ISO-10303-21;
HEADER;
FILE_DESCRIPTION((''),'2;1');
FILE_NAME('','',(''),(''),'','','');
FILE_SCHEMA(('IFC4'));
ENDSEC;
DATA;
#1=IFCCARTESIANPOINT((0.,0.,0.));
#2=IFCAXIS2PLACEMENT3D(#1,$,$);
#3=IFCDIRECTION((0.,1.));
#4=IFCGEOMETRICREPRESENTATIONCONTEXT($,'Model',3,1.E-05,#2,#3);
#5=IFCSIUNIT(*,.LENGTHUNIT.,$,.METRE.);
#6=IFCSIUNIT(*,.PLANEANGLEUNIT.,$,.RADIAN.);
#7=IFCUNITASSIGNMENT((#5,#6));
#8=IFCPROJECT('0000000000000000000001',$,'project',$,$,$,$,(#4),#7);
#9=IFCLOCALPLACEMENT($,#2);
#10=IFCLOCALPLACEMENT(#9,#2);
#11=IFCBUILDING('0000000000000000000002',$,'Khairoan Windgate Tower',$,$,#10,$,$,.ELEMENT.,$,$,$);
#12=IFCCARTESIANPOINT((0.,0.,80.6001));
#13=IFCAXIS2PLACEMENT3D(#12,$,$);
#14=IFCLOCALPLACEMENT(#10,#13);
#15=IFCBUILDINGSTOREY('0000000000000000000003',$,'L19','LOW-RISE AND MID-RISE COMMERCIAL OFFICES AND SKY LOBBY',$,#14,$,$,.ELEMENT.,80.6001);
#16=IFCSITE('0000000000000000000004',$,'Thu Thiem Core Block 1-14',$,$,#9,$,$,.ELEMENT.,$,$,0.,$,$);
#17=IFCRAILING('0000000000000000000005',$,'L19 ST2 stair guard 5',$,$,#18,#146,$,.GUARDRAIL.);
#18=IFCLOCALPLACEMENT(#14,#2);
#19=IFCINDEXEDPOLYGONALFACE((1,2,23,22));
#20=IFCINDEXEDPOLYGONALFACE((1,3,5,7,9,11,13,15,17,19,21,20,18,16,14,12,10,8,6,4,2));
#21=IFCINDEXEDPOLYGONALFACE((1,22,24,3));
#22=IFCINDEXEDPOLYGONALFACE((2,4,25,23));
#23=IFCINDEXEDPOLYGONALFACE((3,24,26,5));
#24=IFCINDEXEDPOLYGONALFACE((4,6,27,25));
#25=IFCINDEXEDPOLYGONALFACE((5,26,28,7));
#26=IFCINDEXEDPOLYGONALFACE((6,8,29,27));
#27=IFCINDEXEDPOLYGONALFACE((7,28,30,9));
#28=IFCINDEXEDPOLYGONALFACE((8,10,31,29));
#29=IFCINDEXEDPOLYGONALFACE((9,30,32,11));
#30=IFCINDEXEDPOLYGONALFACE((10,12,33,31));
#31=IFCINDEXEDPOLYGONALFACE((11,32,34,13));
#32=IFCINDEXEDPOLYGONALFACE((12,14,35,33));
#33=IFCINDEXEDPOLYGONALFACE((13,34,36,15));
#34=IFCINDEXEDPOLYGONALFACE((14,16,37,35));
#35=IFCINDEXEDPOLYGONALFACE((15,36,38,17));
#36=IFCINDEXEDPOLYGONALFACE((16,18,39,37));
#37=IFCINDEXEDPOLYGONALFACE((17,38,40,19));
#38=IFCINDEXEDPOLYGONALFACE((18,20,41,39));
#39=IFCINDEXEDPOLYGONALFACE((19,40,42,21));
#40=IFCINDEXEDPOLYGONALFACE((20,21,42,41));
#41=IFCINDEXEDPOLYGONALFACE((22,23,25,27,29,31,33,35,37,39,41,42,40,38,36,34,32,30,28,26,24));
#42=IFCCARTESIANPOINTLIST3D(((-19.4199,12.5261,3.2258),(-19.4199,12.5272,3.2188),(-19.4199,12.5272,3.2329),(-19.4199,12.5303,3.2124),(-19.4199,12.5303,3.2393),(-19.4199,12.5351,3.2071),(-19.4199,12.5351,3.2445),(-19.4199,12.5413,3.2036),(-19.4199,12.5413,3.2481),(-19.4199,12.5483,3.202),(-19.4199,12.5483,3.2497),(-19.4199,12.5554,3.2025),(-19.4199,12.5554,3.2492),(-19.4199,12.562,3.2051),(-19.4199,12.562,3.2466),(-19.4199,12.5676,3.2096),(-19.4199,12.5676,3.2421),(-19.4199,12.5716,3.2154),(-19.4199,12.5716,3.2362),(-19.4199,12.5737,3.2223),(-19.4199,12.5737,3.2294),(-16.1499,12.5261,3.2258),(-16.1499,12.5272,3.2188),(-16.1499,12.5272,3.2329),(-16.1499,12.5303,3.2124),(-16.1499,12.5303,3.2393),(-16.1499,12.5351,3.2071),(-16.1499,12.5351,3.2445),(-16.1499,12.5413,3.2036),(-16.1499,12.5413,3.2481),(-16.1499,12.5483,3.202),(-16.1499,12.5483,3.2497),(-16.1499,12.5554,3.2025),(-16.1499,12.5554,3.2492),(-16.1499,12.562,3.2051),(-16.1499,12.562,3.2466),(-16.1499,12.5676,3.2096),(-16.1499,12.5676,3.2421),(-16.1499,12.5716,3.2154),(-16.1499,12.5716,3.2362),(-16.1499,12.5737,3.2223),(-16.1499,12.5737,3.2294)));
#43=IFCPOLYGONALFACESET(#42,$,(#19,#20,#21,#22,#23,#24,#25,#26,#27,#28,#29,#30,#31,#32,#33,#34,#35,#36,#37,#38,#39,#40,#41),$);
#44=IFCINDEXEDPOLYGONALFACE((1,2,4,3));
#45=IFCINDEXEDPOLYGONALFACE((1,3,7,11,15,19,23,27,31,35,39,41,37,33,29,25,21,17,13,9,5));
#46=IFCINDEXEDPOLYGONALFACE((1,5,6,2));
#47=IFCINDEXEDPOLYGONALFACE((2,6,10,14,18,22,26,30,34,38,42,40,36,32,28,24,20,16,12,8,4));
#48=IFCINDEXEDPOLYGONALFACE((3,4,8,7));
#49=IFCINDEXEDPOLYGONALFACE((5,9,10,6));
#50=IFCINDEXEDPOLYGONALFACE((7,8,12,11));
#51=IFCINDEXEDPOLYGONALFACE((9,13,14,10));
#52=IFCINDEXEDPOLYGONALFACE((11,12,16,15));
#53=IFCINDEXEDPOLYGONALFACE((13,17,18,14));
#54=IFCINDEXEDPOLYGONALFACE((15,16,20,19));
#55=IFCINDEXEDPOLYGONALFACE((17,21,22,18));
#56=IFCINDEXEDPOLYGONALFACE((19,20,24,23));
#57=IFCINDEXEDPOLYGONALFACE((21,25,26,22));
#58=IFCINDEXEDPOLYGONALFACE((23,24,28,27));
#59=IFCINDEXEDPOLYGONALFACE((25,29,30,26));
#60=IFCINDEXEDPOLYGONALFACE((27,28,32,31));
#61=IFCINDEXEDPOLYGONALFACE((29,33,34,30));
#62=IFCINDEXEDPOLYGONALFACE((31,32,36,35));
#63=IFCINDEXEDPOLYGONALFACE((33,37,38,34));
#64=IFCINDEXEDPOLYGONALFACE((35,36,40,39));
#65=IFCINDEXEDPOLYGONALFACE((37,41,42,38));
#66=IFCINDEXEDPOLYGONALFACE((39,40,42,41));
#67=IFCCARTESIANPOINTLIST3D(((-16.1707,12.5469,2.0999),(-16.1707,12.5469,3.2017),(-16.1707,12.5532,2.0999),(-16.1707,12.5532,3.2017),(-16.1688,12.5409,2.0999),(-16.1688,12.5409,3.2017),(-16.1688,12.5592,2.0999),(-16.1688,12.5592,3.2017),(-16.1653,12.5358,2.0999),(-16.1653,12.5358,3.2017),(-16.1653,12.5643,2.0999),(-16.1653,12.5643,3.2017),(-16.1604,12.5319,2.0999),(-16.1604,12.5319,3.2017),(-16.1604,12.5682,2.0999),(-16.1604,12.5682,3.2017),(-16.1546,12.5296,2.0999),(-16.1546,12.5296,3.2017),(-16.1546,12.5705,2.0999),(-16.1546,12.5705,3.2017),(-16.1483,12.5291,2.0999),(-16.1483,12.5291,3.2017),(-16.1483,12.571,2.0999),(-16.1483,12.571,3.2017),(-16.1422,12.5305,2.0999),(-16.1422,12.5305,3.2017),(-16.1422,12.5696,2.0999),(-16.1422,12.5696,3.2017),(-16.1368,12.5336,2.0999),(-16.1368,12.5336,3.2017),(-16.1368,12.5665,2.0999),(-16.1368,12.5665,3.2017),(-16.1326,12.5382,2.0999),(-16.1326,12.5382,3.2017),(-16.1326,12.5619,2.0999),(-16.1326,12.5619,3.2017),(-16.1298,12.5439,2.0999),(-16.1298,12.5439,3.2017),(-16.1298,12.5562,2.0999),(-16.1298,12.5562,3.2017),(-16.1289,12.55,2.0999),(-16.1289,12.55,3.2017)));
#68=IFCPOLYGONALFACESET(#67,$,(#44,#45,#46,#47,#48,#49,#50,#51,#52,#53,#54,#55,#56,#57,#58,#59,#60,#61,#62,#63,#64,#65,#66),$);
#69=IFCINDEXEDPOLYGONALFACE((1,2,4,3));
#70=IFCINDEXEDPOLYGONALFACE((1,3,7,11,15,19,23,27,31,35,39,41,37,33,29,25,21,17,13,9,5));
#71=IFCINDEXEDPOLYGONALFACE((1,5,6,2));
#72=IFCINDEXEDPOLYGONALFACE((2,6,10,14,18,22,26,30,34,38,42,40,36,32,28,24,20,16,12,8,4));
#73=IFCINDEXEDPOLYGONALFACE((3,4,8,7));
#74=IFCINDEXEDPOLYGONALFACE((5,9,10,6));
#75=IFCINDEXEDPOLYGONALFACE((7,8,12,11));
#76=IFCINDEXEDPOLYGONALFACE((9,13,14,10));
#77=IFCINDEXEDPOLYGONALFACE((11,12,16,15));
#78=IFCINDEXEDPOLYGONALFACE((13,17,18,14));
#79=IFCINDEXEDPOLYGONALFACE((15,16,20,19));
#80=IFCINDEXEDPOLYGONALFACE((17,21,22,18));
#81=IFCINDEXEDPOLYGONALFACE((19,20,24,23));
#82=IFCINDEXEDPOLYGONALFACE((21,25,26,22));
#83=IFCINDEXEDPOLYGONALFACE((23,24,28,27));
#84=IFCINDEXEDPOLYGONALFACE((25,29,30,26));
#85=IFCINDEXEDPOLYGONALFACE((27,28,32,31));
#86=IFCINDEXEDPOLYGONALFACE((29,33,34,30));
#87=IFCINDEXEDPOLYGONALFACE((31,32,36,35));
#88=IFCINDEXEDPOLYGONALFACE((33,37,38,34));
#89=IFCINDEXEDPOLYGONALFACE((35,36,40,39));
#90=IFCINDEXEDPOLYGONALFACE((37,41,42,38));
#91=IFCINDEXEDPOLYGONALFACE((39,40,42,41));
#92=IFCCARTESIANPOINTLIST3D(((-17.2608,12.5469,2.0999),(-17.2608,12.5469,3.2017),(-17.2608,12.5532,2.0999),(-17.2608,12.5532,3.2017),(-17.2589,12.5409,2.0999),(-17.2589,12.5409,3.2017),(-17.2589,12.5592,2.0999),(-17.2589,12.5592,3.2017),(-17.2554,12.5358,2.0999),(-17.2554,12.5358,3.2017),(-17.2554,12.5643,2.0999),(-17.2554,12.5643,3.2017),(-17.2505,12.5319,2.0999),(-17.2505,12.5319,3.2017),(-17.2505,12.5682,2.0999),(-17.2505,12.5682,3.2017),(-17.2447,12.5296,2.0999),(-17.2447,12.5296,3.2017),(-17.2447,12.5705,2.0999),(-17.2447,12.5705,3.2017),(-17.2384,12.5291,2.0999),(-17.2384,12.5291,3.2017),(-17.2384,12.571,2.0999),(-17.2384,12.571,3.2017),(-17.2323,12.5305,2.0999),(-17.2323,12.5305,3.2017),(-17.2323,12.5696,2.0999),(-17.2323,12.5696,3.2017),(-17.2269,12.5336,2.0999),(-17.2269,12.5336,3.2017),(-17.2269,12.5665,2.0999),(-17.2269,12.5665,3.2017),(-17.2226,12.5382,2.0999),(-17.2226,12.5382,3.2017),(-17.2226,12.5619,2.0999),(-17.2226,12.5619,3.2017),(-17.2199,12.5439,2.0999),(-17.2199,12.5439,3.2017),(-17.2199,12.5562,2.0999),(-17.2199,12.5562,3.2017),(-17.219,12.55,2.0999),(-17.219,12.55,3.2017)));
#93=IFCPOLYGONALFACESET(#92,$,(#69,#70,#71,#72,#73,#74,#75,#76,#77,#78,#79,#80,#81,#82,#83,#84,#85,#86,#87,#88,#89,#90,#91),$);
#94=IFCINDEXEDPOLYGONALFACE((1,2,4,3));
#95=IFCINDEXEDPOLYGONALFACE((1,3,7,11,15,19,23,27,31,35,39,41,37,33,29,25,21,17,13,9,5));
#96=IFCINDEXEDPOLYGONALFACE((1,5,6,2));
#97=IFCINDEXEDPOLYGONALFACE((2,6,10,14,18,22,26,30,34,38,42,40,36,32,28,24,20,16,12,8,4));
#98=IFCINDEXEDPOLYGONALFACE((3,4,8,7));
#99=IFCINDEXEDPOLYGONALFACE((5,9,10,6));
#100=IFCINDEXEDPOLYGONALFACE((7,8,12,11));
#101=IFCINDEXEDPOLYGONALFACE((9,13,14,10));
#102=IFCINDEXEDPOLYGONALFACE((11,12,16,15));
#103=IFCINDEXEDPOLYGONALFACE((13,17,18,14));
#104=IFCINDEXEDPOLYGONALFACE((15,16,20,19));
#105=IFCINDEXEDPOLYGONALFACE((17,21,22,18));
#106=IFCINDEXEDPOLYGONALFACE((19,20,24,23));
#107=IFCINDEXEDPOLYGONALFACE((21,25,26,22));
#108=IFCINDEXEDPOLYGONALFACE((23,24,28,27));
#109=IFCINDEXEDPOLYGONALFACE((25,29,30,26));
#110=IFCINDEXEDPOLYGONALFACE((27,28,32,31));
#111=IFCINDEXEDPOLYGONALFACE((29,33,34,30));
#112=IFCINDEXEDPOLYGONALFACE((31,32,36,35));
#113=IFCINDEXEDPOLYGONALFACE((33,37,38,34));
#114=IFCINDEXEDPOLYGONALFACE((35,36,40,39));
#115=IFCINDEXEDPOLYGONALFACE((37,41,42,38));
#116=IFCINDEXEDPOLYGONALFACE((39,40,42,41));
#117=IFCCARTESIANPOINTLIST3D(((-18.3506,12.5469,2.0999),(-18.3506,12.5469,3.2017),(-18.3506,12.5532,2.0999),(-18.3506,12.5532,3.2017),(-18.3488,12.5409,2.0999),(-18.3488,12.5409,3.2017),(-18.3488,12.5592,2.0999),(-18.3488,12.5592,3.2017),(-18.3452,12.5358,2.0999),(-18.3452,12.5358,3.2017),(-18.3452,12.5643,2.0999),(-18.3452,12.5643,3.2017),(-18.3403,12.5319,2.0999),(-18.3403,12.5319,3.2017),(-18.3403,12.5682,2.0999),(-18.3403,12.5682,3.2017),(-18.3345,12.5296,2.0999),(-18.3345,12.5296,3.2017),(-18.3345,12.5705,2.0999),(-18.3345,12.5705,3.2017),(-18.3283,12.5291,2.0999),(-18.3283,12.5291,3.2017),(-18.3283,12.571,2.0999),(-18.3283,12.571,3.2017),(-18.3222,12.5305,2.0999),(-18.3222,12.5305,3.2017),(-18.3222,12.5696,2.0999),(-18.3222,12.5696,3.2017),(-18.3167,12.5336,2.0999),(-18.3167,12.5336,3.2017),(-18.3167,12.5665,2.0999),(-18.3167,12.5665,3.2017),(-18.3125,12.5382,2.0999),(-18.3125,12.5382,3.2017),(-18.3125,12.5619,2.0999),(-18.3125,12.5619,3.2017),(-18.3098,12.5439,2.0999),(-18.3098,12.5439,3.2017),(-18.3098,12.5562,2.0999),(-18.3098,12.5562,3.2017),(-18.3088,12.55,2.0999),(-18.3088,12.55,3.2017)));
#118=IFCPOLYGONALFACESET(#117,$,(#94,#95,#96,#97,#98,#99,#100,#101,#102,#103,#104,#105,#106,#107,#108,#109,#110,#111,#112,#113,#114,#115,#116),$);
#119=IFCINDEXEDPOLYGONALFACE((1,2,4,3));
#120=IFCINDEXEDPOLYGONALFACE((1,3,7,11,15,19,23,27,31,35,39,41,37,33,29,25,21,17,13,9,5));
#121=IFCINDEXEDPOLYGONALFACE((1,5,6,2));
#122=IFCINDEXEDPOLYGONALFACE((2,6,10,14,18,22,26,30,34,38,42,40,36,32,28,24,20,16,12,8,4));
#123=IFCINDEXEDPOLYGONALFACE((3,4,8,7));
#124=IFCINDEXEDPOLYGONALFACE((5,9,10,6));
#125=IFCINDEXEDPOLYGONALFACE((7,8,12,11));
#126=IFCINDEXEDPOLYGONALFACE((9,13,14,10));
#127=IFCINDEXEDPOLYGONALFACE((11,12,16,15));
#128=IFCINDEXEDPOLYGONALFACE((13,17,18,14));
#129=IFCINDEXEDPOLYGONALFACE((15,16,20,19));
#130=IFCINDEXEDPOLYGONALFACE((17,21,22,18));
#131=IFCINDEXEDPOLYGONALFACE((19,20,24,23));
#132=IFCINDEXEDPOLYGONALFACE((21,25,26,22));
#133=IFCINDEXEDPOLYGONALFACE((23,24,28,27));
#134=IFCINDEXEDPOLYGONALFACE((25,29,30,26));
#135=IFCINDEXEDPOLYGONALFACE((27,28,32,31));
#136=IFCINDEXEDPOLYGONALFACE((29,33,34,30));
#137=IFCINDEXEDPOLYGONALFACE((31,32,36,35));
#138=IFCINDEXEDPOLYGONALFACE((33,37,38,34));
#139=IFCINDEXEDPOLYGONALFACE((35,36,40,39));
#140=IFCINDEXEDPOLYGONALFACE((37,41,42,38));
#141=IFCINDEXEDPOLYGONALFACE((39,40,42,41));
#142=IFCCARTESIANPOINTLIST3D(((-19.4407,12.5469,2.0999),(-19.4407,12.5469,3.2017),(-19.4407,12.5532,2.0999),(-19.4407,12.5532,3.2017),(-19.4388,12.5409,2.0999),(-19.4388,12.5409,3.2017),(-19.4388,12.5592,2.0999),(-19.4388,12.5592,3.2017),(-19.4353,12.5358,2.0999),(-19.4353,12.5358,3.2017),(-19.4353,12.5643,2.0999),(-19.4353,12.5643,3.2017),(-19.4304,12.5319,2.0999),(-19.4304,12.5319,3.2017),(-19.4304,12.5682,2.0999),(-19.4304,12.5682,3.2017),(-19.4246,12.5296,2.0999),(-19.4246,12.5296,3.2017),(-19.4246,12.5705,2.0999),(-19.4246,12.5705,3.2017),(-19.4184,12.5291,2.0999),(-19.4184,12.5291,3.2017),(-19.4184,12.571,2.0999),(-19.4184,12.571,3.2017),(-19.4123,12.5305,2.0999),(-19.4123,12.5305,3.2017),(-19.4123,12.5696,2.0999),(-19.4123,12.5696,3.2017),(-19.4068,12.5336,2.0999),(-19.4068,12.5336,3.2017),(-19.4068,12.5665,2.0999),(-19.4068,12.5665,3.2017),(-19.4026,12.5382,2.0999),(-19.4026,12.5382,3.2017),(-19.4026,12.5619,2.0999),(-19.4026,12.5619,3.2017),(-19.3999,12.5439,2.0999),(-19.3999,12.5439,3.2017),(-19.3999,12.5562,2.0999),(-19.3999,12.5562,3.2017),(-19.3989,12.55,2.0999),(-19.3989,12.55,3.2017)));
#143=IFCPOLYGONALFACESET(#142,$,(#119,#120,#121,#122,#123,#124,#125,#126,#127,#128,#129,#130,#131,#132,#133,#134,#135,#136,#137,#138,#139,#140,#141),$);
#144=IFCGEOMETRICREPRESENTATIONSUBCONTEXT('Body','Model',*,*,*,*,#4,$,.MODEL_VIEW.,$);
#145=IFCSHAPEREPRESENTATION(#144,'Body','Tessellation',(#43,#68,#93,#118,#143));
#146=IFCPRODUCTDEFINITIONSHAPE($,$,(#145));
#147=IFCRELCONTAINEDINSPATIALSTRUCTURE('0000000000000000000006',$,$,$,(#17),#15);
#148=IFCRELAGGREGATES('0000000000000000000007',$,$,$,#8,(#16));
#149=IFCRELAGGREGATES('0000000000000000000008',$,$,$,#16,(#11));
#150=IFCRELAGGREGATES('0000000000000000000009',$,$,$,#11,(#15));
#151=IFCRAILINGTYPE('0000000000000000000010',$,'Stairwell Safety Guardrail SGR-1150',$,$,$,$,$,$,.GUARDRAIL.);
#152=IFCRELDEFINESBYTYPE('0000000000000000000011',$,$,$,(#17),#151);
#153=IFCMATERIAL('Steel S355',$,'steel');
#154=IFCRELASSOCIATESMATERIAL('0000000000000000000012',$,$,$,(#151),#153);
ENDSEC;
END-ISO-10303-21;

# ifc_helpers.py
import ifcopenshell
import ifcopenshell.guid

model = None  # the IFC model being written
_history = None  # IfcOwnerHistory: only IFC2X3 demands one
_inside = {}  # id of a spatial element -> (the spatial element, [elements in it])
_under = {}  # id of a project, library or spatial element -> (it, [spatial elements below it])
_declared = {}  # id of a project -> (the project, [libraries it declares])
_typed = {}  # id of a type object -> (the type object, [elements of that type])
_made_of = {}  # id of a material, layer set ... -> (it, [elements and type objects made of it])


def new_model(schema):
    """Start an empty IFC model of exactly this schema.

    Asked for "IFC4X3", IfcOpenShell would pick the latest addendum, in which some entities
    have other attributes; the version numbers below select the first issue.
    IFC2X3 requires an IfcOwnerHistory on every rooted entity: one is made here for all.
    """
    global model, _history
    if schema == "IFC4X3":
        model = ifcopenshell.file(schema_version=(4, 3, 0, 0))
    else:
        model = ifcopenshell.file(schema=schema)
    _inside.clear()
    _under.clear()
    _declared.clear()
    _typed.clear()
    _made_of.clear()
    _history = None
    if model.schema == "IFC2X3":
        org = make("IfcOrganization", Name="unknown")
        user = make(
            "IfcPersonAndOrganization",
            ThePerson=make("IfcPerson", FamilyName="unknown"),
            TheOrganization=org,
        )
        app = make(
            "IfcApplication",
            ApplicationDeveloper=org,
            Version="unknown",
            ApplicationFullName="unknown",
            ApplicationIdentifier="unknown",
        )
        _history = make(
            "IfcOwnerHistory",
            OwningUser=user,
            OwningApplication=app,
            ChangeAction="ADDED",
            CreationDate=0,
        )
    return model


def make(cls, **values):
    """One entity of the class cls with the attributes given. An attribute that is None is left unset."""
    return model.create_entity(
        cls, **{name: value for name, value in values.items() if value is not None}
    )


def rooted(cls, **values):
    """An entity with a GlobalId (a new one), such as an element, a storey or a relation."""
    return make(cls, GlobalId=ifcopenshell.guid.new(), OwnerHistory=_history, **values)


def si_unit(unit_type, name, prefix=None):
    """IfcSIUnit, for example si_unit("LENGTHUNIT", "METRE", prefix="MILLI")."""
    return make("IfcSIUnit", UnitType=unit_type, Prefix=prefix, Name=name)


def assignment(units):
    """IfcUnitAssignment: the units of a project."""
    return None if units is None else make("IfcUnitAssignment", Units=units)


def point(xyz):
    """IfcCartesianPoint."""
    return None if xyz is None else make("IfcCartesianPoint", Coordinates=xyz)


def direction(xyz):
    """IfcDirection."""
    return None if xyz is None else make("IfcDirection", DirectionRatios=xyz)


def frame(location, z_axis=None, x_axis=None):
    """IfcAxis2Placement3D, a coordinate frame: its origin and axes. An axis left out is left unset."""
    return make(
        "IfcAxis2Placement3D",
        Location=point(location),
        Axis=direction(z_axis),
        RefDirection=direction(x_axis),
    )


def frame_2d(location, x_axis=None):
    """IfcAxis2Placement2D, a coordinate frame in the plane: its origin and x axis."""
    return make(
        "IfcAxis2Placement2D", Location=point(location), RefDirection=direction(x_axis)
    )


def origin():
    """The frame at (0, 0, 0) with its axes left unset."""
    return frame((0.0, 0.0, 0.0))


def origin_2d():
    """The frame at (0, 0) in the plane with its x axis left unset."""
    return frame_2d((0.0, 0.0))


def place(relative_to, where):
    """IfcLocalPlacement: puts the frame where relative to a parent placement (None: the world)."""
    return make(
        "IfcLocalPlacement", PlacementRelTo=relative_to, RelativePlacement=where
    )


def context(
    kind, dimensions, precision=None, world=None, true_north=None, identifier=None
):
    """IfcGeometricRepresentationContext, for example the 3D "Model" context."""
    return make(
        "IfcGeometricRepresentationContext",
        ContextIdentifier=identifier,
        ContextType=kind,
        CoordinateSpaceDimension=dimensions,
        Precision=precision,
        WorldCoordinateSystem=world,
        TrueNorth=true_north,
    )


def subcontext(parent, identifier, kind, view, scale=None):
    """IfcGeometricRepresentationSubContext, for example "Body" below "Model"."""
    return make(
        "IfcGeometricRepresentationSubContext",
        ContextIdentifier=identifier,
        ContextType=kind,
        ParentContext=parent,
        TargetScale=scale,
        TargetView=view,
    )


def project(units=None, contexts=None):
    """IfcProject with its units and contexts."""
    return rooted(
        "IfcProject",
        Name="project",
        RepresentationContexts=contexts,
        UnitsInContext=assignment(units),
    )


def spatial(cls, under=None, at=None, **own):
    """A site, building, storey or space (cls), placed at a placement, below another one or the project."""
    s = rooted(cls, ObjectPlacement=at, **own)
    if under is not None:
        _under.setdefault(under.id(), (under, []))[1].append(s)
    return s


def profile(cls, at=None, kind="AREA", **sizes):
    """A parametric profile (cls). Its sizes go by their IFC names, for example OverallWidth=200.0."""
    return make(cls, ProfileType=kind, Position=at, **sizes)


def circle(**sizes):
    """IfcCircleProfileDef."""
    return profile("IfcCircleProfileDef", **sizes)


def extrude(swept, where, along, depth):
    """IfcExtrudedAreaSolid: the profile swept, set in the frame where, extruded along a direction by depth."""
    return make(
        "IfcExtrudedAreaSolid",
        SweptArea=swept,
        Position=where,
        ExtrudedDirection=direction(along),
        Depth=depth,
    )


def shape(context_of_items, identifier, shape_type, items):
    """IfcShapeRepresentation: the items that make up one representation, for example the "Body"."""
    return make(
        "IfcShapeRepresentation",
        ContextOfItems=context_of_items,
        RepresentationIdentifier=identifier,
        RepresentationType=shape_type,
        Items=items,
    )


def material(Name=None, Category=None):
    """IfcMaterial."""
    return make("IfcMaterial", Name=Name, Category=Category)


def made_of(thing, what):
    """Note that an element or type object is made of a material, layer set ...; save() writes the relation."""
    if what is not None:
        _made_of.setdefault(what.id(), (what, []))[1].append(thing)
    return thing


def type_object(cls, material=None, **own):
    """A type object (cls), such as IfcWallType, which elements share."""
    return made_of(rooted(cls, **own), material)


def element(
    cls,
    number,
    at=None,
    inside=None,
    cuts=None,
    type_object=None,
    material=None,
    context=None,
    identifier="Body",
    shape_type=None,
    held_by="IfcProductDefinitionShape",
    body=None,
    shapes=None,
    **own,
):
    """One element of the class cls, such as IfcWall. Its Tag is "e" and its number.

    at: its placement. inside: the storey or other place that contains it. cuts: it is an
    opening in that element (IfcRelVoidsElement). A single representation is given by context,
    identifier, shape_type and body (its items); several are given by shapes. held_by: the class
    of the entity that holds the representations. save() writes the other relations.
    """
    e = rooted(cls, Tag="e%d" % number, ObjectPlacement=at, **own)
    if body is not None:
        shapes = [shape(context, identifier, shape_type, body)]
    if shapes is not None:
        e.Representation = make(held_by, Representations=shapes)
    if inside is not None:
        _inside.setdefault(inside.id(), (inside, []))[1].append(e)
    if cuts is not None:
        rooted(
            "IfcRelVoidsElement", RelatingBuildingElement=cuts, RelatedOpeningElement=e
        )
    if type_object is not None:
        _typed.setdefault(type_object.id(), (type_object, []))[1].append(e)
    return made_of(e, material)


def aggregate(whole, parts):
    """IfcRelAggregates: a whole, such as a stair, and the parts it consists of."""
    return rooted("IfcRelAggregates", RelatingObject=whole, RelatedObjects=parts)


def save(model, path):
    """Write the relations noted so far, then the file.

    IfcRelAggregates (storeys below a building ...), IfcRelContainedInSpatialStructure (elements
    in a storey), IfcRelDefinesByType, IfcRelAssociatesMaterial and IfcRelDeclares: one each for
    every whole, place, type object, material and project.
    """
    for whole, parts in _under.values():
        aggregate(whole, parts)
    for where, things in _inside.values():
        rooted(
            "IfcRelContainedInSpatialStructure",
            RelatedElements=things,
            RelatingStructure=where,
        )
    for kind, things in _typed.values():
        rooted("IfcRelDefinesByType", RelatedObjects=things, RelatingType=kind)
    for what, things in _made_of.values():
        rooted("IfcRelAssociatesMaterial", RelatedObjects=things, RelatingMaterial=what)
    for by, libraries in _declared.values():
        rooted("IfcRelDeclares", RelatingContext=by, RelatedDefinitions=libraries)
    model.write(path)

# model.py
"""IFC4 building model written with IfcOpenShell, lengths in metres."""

from ifc_helpers import new_model, si_unit, direction, frame, origin, origin_2d, place, context, subcontext, project, spatial, circle, extrude, material, type_object, element, save


model = new_model("IFC4")

# Units and contexts
model_context = context("Model", 3, precision=1e-05, world=origin(), true_north=direction((0.0, 1.0)))
body_context = subcontext(model_context, "Body", "Model", "MODEL_VIEW")
ifc_project = project(units=[si_unit("LENGTHUNIT", "METRE"), si_unit("PLANEANGLEUNIT", "RADIAN")], contexts=[model_context])

# Site, building, storey
site_placement = place(None, origin())
site = spatial("IfcSite", under=ifc_project, at=site_placement, Name="Thu Thiem Core Block 1-14", CompositionType="ELEMENT", RefElevation=0.0)
building_placement = place(site_placement, origin())
building = spatial("IfcBuilding", under=site, at=building_placement, Name="Khairoan Windgate Tower", CompositionType="ELEMENT")
storey_placement = place(building_placement, frame((0.0, 0.0, 80.6001)))
storey = spatial("IfcBuildingStorey", under=building, at=storey_placement, Name="L19", Description="LOW-RISE AND MID-RISE COMMERCIAL OFFICES AND SKY LOBBY", CompositionType="ELEMENT", Elevation=80.6001)

# Railing
ifc_material_1 = material(Name="Steel S355", Category="steel")
railing_type = type_object("IfcRailingType", Name="Stairwell Safety Guardrail SGR-1150", PredefinedType="GUARDRAIL", material=ifc_material_1)
railing_1_placement = place(storey_placement, frame((-16.1499, 12.55, 2.0999)))
element("IfcRailing", 1, at=railing_1_placement, inside=storey, type_object=railing_type, Name="L19 ST2 stair guard 5", PredefinedType="GUARDRAIL", context=body_context, shape_type="SweptSolid", body=[
    extrude(circle(Radius=0.0239, at=origin_2d()), frame((0.0, 0.0, 1.126), z_axis=(-1.0, 0.0, 0.0), x_axis=(0.0, -1.0, 0.0)), (0.0, 0.0, 1.0), 3.27),
    extrude(circle(Radius=0.021, at=origin_2d()), origin(), (0.0, 0.0, 1.0), 1.1018),
    extrude(circle(Radius=0.021, at=origin_2d()), frame((-1.0901, 0.0, 0.0)), (0.0, 0.0, 1.0), 1.1018),
    extrude(circle(Radius=0.021, at=origin_2d()), frame((-2.1799, 0.0, 0.0)), (0.0, 0.0, 1.0), 1.1018),
    extrude(circle(Radius=0.021, at=origin_2d()), frame((-3.27, 0.0, 0.0)), (0.0, 0.0, 1.0), 1.1018),
])

save(model, "model.ifc")
